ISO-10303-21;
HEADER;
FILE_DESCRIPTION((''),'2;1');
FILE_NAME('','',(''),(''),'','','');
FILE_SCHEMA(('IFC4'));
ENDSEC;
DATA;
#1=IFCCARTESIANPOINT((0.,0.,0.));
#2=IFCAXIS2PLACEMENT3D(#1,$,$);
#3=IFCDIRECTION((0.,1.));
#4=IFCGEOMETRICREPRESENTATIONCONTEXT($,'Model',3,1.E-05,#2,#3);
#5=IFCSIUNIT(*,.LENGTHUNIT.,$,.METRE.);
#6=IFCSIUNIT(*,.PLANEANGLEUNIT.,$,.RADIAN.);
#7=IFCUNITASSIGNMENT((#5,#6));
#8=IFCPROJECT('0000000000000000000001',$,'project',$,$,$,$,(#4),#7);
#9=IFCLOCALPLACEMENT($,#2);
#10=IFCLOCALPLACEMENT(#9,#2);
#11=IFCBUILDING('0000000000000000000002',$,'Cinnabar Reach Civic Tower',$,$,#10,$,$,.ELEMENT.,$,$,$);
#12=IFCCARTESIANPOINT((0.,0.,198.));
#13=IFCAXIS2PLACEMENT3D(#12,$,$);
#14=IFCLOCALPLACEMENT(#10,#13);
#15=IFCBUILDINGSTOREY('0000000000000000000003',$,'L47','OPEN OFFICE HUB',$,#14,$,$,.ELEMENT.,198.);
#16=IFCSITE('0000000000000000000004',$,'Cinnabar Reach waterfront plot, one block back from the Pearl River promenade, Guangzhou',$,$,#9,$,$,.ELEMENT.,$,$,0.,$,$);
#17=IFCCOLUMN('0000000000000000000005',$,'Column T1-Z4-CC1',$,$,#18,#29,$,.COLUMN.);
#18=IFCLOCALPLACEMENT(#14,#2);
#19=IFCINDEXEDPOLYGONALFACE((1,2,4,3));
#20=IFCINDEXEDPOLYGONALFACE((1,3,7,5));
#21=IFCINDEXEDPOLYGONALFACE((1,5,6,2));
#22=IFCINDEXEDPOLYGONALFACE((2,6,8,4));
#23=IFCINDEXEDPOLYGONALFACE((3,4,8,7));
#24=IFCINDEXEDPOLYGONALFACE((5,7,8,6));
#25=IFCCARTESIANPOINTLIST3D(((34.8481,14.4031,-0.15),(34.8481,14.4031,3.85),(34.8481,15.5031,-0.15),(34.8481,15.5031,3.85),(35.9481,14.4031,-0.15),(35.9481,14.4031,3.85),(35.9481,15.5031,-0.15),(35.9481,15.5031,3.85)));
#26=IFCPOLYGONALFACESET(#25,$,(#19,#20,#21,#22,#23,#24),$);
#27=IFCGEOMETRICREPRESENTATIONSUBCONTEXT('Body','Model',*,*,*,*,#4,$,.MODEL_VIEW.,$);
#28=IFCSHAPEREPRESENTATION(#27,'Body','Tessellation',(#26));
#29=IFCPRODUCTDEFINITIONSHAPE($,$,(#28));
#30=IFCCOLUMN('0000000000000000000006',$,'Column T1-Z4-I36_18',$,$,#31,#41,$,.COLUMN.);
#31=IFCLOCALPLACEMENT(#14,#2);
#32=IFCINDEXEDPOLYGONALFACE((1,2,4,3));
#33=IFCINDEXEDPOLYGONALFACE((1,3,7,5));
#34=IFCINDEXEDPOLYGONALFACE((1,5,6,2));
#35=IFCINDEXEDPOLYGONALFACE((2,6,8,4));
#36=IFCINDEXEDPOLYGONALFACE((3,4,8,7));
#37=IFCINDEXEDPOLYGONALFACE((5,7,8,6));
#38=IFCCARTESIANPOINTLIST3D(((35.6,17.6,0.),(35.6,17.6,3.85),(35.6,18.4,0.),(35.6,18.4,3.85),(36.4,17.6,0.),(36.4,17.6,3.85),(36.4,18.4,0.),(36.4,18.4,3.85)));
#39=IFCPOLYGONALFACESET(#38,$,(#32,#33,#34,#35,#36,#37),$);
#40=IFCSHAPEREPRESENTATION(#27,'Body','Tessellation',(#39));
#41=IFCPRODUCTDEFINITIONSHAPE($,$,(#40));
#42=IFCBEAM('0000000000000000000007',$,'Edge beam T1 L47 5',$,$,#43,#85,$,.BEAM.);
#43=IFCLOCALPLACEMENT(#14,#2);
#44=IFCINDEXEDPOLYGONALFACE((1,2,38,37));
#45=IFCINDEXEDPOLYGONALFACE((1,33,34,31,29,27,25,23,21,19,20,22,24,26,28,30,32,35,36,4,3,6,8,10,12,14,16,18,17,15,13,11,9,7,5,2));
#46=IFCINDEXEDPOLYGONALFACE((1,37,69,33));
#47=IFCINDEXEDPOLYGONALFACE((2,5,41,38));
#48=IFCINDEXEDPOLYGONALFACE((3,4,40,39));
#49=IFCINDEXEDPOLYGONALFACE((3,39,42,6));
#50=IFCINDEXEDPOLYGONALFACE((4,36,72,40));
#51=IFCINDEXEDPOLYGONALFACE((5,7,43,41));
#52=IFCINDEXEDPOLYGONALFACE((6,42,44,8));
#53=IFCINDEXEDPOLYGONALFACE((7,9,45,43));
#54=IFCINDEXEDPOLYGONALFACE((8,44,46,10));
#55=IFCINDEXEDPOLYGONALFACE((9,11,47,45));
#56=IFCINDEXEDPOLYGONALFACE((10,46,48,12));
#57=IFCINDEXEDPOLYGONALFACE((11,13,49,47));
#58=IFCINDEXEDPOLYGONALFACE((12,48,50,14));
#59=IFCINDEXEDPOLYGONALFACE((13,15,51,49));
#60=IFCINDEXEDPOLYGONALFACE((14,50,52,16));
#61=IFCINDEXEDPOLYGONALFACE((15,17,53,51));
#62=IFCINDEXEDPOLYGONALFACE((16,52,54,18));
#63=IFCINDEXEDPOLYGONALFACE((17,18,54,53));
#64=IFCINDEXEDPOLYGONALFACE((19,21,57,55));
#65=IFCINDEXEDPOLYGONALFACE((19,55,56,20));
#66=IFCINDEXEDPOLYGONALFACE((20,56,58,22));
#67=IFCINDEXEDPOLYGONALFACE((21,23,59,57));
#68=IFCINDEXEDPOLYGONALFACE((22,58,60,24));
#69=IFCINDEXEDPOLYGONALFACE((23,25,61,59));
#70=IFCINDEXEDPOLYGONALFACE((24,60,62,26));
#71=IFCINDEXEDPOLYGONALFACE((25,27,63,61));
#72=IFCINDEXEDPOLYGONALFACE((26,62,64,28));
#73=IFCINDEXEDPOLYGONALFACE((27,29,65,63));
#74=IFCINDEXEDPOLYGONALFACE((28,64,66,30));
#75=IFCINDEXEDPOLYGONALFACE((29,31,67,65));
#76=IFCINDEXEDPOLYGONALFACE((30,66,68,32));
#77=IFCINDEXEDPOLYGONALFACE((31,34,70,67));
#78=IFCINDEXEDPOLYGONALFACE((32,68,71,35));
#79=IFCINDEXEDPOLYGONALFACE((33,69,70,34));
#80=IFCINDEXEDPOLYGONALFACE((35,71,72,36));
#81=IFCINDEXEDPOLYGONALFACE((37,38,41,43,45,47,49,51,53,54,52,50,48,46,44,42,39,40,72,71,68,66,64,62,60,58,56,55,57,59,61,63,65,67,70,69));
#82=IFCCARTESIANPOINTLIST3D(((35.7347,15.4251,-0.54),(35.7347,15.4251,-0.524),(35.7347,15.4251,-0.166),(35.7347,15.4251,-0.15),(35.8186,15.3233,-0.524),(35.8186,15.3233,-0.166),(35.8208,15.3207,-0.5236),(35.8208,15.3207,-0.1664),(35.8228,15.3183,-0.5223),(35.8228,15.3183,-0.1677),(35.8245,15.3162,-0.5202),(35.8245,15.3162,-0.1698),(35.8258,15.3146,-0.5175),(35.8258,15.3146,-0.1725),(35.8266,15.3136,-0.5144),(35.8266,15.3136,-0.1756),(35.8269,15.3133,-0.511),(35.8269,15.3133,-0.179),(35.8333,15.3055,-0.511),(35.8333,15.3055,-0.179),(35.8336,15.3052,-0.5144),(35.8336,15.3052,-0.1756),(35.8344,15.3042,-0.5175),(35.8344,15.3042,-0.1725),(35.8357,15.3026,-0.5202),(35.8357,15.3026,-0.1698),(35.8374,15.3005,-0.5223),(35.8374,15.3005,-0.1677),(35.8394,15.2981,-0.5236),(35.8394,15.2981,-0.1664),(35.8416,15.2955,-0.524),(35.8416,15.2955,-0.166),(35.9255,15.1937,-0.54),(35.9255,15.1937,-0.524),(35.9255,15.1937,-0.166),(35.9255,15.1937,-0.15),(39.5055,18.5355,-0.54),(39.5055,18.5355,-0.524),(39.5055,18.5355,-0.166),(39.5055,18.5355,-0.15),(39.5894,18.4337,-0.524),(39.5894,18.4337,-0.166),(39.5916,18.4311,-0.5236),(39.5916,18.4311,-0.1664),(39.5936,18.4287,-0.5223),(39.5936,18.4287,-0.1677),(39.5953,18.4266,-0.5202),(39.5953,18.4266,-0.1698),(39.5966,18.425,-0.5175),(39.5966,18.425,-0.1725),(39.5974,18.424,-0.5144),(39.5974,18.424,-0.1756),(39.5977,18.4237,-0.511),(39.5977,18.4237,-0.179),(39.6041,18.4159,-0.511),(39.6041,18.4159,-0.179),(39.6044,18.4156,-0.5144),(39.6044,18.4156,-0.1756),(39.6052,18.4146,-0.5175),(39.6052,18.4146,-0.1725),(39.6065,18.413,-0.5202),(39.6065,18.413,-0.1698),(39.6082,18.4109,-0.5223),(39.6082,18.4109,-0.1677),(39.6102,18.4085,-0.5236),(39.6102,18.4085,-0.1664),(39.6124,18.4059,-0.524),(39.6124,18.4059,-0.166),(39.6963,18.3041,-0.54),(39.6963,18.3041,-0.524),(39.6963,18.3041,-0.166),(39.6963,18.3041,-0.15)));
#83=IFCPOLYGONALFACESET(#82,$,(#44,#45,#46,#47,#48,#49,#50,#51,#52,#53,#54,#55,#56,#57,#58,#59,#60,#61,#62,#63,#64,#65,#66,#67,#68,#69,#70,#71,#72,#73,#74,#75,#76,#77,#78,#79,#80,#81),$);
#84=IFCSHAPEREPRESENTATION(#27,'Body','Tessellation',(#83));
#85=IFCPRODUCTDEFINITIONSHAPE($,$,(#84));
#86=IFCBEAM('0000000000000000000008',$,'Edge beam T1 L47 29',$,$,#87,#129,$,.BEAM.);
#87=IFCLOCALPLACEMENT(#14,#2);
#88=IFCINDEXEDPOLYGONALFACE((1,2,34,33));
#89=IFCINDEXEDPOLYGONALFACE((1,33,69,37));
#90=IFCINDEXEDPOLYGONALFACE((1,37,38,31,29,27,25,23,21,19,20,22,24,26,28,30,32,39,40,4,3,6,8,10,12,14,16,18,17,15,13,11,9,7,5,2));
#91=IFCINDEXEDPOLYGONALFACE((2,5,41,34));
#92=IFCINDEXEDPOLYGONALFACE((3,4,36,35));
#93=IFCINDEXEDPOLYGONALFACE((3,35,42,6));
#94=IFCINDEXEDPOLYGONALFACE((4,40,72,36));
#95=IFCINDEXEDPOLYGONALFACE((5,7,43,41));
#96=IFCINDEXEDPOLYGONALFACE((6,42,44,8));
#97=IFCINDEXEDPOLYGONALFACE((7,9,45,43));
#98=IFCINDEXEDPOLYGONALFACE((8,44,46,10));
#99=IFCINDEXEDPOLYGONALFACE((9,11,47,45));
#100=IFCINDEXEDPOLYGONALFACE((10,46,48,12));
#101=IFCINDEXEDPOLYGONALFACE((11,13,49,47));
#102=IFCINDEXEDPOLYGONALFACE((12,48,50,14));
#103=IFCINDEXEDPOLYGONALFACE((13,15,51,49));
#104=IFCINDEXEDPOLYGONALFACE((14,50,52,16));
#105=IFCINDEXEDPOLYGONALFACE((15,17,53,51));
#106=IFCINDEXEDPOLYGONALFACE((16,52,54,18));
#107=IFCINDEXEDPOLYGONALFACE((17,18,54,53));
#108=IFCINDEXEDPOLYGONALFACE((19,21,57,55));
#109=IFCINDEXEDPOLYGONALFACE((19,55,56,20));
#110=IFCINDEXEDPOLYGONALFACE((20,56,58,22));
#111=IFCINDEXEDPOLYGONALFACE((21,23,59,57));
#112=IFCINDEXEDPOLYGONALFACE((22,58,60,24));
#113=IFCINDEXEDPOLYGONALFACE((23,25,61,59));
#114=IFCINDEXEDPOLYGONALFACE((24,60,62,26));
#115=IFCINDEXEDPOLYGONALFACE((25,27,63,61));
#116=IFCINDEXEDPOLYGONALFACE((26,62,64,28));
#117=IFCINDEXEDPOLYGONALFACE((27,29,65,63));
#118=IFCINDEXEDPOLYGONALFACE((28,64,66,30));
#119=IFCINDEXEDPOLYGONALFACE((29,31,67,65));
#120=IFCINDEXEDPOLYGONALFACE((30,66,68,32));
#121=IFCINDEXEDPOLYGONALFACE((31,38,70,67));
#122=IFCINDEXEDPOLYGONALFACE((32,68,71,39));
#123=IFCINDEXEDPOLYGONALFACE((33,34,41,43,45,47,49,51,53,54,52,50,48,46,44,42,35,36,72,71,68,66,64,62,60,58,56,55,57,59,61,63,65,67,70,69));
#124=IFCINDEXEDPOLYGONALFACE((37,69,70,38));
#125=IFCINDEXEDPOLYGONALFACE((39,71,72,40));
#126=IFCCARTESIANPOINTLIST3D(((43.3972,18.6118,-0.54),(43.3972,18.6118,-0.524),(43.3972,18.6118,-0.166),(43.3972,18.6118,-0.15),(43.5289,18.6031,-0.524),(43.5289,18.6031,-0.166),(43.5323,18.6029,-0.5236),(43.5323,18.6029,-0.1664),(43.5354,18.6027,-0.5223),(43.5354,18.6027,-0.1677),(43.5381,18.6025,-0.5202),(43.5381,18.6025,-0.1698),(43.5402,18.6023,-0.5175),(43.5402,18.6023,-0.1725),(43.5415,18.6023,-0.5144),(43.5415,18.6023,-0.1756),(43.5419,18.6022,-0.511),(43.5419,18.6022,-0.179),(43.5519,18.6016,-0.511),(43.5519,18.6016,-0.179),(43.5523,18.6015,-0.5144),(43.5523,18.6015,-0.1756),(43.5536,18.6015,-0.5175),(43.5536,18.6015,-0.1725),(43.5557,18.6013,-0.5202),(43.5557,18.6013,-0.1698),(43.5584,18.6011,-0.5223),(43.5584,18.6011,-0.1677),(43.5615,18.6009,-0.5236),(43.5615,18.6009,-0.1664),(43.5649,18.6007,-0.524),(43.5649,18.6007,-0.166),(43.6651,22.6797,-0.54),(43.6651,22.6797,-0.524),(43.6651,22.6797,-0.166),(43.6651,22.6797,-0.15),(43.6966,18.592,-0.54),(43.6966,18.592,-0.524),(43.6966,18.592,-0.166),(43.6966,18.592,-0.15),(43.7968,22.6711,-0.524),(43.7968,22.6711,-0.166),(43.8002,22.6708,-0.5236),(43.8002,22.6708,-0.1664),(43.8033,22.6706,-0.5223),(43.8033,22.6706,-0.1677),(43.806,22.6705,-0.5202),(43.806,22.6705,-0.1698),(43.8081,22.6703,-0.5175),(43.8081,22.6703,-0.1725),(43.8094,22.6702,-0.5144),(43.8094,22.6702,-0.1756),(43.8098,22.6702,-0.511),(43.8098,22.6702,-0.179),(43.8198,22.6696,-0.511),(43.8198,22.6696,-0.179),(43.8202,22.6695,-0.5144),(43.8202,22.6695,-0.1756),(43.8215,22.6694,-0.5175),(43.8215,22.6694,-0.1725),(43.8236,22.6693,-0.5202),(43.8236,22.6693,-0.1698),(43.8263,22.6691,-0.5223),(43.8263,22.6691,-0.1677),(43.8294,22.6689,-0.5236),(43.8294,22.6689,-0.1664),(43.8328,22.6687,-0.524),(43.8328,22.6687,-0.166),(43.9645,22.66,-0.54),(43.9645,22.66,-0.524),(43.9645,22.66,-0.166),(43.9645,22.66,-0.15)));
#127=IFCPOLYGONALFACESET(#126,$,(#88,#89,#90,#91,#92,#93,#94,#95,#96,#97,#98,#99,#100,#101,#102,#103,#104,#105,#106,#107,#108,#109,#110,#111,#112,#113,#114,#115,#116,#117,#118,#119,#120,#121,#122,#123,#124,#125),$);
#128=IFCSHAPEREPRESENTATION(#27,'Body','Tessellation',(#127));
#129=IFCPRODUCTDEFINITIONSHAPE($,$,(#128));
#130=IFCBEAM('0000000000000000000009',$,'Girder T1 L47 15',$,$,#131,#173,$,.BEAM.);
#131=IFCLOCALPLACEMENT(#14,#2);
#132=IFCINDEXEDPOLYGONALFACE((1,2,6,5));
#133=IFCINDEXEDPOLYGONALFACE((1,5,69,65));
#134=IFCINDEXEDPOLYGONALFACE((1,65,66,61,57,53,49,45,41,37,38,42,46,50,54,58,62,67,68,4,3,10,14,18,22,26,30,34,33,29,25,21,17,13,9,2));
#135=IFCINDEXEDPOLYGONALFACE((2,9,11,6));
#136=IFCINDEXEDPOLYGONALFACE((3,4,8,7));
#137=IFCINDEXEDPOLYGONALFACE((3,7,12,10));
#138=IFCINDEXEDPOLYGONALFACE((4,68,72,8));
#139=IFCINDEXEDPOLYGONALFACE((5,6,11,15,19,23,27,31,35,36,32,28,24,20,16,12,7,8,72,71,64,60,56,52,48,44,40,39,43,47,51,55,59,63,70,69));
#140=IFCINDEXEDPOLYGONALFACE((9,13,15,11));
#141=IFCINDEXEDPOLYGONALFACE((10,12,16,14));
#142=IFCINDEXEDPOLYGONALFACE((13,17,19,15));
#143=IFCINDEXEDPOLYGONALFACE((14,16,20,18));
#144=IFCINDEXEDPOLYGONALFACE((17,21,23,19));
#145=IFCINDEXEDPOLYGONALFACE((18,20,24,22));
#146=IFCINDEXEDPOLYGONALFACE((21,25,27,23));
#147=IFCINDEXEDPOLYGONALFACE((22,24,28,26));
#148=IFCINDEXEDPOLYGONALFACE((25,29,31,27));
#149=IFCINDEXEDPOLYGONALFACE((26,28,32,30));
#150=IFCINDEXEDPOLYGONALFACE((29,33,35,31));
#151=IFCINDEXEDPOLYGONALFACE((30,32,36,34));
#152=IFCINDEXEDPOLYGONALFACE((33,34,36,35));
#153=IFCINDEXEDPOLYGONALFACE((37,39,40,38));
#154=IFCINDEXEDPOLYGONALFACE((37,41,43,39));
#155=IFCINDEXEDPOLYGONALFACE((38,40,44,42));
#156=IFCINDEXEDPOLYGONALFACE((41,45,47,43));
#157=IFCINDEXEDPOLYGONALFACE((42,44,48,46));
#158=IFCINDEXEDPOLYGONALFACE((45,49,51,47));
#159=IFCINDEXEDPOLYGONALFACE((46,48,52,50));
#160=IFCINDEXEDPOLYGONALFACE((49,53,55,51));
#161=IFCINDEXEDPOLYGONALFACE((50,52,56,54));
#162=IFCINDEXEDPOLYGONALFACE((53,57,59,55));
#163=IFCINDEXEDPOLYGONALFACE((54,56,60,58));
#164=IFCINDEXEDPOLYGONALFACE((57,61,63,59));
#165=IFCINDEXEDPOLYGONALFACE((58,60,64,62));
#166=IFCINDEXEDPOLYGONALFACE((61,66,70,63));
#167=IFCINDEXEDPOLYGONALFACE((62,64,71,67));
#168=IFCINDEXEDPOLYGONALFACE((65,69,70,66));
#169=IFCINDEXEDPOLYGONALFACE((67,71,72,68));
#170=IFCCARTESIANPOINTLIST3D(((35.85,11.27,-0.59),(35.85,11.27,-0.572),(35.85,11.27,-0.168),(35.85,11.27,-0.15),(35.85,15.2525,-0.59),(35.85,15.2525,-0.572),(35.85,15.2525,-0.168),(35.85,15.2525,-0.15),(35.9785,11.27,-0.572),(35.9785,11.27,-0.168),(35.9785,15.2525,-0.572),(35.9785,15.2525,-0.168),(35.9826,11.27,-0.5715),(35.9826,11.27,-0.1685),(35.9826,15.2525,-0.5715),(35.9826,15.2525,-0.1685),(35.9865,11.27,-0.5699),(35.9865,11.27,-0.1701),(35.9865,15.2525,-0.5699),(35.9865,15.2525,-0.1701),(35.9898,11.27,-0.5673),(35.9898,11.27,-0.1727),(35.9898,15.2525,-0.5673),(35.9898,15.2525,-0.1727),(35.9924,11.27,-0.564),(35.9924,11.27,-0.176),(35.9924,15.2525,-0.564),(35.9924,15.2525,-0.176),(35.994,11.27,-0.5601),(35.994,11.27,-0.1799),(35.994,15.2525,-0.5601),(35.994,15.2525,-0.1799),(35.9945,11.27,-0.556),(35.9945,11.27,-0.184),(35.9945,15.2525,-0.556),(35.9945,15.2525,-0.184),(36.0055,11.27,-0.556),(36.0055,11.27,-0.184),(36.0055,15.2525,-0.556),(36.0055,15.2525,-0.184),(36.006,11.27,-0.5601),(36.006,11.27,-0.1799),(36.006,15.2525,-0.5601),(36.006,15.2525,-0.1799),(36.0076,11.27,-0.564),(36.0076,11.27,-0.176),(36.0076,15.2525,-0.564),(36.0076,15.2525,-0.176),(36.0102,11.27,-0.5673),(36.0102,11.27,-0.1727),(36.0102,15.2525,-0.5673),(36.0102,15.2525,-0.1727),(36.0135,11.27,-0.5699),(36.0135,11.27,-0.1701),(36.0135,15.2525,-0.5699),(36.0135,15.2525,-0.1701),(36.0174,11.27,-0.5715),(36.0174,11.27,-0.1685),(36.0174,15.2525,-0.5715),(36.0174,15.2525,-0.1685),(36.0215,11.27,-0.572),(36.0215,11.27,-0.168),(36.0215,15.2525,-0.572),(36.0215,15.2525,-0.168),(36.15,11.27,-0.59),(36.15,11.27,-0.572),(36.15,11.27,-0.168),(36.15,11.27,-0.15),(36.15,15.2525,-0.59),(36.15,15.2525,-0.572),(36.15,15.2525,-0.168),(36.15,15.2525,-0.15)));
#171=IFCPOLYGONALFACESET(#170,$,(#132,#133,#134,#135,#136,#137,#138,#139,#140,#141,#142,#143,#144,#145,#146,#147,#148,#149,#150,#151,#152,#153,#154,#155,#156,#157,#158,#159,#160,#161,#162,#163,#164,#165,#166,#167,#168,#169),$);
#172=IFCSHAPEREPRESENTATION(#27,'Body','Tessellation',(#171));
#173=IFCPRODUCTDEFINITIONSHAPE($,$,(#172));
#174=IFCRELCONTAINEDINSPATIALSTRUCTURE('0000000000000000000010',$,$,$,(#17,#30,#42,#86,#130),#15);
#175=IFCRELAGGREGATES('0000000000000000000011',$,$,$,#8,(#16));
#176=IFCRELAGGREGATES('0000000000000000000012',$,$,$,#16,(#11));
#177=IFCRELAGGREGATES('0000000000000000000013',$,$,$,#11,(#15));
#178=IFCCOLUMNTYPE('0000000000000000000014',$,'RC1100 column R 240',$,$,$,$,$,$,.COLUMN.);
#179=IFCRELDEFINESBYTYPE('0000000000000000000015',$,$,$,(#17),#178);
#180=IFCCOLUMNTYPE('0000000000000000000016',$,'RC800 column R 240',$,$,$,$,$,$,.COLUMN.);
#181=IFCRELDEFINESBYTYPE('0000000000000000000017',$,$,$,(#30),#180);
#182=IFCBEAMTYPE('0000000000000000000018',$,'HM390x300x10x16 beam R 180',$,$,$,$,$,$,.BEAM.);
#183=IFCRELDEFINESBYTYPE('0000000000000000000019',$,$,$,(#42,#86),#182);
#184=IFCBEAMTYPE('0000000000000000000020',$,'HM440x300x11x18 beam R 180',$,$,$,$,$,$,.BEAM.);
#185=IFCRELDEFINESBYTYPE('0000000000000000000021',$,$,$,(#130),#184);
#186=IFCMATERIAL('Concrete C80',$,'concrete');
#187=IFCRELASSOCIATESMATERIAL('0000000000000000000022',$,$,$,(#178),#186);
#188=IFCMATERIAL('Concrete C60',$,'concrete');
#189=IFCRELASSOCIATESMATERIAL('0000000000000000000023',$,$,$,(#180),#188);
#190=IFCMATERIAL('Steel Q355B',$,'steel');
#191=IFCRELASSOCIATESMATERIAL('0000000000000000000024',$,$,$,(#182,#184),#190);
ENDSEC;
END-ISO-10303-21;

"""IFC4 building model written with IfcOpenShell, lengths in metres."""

from ifc_helpers import new_model, si_unit, direction, frame, origin, origin_2d, place, context, subcontext, project, spatial, rectangle, i_section, extrude, material, material_profile, profile_set, type_object, element, save


model = new_model("IFC4")

# Units and contexts
model_context = context("Model", 3, precision=1e-05, world=origin(), true_north=direction((0.0, 1.0)))
body_context = subcontext(model_context, "Body", "Model", "MODEL_VIEW")
ifc_project = project(units=[si_unit("LENGTHUNIT", "METRE"), si_unit("PLANEANGLEUNIT", "RADIAN")], contexts=[model_context])

# Site, building, storey
site_placement = place(None, origin())
site = spatial("IfcSite", under=ifc_project, at=site_placement, Name="Cinnabar Reach waterfront plot, one block back from the Pearl River promenade, Guangzhou", CompositionType="ELEMENT", RefElevation=0.0)
building_placement = place(site_placement, origin())
building = spatial("IfcBuilding", under=site, at=building_placement, Name="Cinnabar Reach Civic Tower", CompositionType="ELEMENT")
storey_placement = place(building_placement, frame((0.0, 0.0, 198.0)))
storey = spatial("IfcBuildingStorey", under=building, at=storey_placement, Name="L47", Description="OPEN OFFICE HUB", CompositionType="ELEMENT", Elevation=198.0)

# Columns
ifc_material_1 = material(Name="Concrete C80", Category="concrete")
ifc_material_profile_1 = material_profile(ifc_material_1, rectangle(XDim=1.1, YDim=1.1, at=origin_2d()), Name="RC1100")
ifc_profile_set_1 = profile_set([ifc_material_profile_1], Name="Concrete C80")
column_type_1 = type_object("IfcColumnType", Name="RC1100 column R 240", PredefinedType="COLUMN", material=ifc_profile_set_1)
column_1_placement = place(storey_placement, frame((35.3981, 14.9531, -0.15), z_axis=(0.0, 0.0, 1.0), x_axis=(1.0, 0.0, 0.0)))
element("IfcColumn", 1, at=column_1_placement, inside=storey, type_object=column_type_1, Name="Column T1-Z4-CC1", PredefinedType="COLUMN", context=body_context, shape_type="SweptSolid", body=[
    extrude(rectangle(XDim=1.1, YDim=1.1, at=origin_2d()), origin(), (0.0, 0.0, 1.0), 4.0),
])
ifc_material_2 = material(Name="Concrete C60", Category="concrete")
ifc_material_profile_2 = material_profile(ifc_material_2, rectangle(XDim=0.8, YDim=0.8, at=origin_2d()), Name="RC800")
ifc_profile_set_2 = profile_set([ifc_material_profile_2], Name="Concrete C60")
column_type_2 = type_object("IfcColumnType", Name="RC800 column R 240", PredefinedType="COLUMN", material=ifc_profile_set_2)
column_2_placement = place(storey_placement, frame((36.0, 18.0, 0.0), z_axis=(0.0, 0.0, 1.0), x_axis=(1.0, 0.0, 0.0)))
element("IfcColumn", 2, at=column_2_placement, inside=storey, type_object=column_type_2, Name="Column T1-Z4-I36_18", PredefinedType="COLUMN", context=body_context, shape_type="SweptSolid", body=[
    extrude(rectangle(XDim=0.8, YDim=0.8, at=origin_2d()), origin(), (0.0, 0.0, 1.0), 3.85),
])

# Beams
ifc_material_3 = material(Name="Steel Q355B", Category="steel")
ifc_material_profile_3 = material_profile(ifc_material_3, i_section(OverallWidth=0.3, OverallDepth=0.39, WebThickness=0.01, FlangeThickness=0.016, FilletRadius=0.013, at=origin_2d()), Name="HM390x300x10x16")
ifc_profile_set_3 = profile_set([ifc_material_profile_3], Name="Steel Q355B")
beam_type_1 = type_object("IfcBeamType", Name="HM390x300x10x16 beam R 180", PredefinedType="BEAM", material=ifc_profile_set_3)
beam_1_placement = place(storey_placement, frame((35.8301, 15.3094, -0.345), z_axis=(0.771424, 0.636321, 0.0), x_axis=(-0.636321, 0.771424, 0.0)))
element("IfcBeam", 3, at=beam_1_placement, inside=storey, type_object=beam_type_1, Name="Edge beam T1 L47 5", PredefinedType="BEAM", context=body_context, shape_type="SweptSolid", body=[
    extrude(i_section(OverallWidth=0.3, OverallDepth=0.39, WebThickness=0.01, FlangeThickness=0.016, FilletRadius=0.013, at=origin_2d()), origin(), (0.0, 0.0, 1.0), 4.8881),
])
beam_2_placement = place(storey_placement, frame((43.5469, 18.6019, -0.345), z_axis=(0.065713, 0.997839, 0.0), x_axis=(-0.997839, 0.065713, 0.0)))
element("IfcBeam", 4, at=beam_2_placement, inside=storey, type_object=beam_type_1, Name="Edge beam T1 L47 29", PredefinedType="BEAM", context=body_context, shape_type="SweptSolid", body=[
    extrude(i_section(OverallWidth=0.3, OverallDepth=0.39, WebThickness=0.01, FlangeThickness=0.016, FilletRadius=0.013, at=origin_2d()), origin(), (0.0, 0.0, 1.0), 4.0768),
])
ifc_material_profile_4 = material_profile(ifc_material_3, i_section(OverallWidth=0.3, OverallDepth=0.44, WebThickness=0.011, FlangeThickness=0.018, FilletRadius=0.016, at=origin_2d()), Name="HM440x300x11x18")
ifc_profile_set_4 = profile_set([ifc_material_profile_4], Name="Steel Q355B")
beam_type_2 = type_object("IfcBeamType", Name="HM440x300x11x18 beam R 180", PredefinedType="BEAM", material=ifc_profile_set_4)
beam_3_placement = place(storey_placement, frame((36.0, 11.27, -0.37), z_axis=(0.0, 1.0, 0.0), x_axis=(-1.0, 0.0, 0.0)))
element("IfcBeam", 5, at=beam_3_placement, inside=storey, type_object=beam_type_2, Name="Girder T1 L47 15", PredefinedType="BEAM", context=body_context, shape_type="SweptSolid", body=[
    extrude(i_section(OverallWidth=0.3, OverallDepth=0.44, WebThickness=0.011, FlangeThickness=0.018, FilletRadius=0.016, at=origin_2d()), origin(), (0.0, 0.0, 1.0), 3.9825),
])

save(model, "model.ifc")
